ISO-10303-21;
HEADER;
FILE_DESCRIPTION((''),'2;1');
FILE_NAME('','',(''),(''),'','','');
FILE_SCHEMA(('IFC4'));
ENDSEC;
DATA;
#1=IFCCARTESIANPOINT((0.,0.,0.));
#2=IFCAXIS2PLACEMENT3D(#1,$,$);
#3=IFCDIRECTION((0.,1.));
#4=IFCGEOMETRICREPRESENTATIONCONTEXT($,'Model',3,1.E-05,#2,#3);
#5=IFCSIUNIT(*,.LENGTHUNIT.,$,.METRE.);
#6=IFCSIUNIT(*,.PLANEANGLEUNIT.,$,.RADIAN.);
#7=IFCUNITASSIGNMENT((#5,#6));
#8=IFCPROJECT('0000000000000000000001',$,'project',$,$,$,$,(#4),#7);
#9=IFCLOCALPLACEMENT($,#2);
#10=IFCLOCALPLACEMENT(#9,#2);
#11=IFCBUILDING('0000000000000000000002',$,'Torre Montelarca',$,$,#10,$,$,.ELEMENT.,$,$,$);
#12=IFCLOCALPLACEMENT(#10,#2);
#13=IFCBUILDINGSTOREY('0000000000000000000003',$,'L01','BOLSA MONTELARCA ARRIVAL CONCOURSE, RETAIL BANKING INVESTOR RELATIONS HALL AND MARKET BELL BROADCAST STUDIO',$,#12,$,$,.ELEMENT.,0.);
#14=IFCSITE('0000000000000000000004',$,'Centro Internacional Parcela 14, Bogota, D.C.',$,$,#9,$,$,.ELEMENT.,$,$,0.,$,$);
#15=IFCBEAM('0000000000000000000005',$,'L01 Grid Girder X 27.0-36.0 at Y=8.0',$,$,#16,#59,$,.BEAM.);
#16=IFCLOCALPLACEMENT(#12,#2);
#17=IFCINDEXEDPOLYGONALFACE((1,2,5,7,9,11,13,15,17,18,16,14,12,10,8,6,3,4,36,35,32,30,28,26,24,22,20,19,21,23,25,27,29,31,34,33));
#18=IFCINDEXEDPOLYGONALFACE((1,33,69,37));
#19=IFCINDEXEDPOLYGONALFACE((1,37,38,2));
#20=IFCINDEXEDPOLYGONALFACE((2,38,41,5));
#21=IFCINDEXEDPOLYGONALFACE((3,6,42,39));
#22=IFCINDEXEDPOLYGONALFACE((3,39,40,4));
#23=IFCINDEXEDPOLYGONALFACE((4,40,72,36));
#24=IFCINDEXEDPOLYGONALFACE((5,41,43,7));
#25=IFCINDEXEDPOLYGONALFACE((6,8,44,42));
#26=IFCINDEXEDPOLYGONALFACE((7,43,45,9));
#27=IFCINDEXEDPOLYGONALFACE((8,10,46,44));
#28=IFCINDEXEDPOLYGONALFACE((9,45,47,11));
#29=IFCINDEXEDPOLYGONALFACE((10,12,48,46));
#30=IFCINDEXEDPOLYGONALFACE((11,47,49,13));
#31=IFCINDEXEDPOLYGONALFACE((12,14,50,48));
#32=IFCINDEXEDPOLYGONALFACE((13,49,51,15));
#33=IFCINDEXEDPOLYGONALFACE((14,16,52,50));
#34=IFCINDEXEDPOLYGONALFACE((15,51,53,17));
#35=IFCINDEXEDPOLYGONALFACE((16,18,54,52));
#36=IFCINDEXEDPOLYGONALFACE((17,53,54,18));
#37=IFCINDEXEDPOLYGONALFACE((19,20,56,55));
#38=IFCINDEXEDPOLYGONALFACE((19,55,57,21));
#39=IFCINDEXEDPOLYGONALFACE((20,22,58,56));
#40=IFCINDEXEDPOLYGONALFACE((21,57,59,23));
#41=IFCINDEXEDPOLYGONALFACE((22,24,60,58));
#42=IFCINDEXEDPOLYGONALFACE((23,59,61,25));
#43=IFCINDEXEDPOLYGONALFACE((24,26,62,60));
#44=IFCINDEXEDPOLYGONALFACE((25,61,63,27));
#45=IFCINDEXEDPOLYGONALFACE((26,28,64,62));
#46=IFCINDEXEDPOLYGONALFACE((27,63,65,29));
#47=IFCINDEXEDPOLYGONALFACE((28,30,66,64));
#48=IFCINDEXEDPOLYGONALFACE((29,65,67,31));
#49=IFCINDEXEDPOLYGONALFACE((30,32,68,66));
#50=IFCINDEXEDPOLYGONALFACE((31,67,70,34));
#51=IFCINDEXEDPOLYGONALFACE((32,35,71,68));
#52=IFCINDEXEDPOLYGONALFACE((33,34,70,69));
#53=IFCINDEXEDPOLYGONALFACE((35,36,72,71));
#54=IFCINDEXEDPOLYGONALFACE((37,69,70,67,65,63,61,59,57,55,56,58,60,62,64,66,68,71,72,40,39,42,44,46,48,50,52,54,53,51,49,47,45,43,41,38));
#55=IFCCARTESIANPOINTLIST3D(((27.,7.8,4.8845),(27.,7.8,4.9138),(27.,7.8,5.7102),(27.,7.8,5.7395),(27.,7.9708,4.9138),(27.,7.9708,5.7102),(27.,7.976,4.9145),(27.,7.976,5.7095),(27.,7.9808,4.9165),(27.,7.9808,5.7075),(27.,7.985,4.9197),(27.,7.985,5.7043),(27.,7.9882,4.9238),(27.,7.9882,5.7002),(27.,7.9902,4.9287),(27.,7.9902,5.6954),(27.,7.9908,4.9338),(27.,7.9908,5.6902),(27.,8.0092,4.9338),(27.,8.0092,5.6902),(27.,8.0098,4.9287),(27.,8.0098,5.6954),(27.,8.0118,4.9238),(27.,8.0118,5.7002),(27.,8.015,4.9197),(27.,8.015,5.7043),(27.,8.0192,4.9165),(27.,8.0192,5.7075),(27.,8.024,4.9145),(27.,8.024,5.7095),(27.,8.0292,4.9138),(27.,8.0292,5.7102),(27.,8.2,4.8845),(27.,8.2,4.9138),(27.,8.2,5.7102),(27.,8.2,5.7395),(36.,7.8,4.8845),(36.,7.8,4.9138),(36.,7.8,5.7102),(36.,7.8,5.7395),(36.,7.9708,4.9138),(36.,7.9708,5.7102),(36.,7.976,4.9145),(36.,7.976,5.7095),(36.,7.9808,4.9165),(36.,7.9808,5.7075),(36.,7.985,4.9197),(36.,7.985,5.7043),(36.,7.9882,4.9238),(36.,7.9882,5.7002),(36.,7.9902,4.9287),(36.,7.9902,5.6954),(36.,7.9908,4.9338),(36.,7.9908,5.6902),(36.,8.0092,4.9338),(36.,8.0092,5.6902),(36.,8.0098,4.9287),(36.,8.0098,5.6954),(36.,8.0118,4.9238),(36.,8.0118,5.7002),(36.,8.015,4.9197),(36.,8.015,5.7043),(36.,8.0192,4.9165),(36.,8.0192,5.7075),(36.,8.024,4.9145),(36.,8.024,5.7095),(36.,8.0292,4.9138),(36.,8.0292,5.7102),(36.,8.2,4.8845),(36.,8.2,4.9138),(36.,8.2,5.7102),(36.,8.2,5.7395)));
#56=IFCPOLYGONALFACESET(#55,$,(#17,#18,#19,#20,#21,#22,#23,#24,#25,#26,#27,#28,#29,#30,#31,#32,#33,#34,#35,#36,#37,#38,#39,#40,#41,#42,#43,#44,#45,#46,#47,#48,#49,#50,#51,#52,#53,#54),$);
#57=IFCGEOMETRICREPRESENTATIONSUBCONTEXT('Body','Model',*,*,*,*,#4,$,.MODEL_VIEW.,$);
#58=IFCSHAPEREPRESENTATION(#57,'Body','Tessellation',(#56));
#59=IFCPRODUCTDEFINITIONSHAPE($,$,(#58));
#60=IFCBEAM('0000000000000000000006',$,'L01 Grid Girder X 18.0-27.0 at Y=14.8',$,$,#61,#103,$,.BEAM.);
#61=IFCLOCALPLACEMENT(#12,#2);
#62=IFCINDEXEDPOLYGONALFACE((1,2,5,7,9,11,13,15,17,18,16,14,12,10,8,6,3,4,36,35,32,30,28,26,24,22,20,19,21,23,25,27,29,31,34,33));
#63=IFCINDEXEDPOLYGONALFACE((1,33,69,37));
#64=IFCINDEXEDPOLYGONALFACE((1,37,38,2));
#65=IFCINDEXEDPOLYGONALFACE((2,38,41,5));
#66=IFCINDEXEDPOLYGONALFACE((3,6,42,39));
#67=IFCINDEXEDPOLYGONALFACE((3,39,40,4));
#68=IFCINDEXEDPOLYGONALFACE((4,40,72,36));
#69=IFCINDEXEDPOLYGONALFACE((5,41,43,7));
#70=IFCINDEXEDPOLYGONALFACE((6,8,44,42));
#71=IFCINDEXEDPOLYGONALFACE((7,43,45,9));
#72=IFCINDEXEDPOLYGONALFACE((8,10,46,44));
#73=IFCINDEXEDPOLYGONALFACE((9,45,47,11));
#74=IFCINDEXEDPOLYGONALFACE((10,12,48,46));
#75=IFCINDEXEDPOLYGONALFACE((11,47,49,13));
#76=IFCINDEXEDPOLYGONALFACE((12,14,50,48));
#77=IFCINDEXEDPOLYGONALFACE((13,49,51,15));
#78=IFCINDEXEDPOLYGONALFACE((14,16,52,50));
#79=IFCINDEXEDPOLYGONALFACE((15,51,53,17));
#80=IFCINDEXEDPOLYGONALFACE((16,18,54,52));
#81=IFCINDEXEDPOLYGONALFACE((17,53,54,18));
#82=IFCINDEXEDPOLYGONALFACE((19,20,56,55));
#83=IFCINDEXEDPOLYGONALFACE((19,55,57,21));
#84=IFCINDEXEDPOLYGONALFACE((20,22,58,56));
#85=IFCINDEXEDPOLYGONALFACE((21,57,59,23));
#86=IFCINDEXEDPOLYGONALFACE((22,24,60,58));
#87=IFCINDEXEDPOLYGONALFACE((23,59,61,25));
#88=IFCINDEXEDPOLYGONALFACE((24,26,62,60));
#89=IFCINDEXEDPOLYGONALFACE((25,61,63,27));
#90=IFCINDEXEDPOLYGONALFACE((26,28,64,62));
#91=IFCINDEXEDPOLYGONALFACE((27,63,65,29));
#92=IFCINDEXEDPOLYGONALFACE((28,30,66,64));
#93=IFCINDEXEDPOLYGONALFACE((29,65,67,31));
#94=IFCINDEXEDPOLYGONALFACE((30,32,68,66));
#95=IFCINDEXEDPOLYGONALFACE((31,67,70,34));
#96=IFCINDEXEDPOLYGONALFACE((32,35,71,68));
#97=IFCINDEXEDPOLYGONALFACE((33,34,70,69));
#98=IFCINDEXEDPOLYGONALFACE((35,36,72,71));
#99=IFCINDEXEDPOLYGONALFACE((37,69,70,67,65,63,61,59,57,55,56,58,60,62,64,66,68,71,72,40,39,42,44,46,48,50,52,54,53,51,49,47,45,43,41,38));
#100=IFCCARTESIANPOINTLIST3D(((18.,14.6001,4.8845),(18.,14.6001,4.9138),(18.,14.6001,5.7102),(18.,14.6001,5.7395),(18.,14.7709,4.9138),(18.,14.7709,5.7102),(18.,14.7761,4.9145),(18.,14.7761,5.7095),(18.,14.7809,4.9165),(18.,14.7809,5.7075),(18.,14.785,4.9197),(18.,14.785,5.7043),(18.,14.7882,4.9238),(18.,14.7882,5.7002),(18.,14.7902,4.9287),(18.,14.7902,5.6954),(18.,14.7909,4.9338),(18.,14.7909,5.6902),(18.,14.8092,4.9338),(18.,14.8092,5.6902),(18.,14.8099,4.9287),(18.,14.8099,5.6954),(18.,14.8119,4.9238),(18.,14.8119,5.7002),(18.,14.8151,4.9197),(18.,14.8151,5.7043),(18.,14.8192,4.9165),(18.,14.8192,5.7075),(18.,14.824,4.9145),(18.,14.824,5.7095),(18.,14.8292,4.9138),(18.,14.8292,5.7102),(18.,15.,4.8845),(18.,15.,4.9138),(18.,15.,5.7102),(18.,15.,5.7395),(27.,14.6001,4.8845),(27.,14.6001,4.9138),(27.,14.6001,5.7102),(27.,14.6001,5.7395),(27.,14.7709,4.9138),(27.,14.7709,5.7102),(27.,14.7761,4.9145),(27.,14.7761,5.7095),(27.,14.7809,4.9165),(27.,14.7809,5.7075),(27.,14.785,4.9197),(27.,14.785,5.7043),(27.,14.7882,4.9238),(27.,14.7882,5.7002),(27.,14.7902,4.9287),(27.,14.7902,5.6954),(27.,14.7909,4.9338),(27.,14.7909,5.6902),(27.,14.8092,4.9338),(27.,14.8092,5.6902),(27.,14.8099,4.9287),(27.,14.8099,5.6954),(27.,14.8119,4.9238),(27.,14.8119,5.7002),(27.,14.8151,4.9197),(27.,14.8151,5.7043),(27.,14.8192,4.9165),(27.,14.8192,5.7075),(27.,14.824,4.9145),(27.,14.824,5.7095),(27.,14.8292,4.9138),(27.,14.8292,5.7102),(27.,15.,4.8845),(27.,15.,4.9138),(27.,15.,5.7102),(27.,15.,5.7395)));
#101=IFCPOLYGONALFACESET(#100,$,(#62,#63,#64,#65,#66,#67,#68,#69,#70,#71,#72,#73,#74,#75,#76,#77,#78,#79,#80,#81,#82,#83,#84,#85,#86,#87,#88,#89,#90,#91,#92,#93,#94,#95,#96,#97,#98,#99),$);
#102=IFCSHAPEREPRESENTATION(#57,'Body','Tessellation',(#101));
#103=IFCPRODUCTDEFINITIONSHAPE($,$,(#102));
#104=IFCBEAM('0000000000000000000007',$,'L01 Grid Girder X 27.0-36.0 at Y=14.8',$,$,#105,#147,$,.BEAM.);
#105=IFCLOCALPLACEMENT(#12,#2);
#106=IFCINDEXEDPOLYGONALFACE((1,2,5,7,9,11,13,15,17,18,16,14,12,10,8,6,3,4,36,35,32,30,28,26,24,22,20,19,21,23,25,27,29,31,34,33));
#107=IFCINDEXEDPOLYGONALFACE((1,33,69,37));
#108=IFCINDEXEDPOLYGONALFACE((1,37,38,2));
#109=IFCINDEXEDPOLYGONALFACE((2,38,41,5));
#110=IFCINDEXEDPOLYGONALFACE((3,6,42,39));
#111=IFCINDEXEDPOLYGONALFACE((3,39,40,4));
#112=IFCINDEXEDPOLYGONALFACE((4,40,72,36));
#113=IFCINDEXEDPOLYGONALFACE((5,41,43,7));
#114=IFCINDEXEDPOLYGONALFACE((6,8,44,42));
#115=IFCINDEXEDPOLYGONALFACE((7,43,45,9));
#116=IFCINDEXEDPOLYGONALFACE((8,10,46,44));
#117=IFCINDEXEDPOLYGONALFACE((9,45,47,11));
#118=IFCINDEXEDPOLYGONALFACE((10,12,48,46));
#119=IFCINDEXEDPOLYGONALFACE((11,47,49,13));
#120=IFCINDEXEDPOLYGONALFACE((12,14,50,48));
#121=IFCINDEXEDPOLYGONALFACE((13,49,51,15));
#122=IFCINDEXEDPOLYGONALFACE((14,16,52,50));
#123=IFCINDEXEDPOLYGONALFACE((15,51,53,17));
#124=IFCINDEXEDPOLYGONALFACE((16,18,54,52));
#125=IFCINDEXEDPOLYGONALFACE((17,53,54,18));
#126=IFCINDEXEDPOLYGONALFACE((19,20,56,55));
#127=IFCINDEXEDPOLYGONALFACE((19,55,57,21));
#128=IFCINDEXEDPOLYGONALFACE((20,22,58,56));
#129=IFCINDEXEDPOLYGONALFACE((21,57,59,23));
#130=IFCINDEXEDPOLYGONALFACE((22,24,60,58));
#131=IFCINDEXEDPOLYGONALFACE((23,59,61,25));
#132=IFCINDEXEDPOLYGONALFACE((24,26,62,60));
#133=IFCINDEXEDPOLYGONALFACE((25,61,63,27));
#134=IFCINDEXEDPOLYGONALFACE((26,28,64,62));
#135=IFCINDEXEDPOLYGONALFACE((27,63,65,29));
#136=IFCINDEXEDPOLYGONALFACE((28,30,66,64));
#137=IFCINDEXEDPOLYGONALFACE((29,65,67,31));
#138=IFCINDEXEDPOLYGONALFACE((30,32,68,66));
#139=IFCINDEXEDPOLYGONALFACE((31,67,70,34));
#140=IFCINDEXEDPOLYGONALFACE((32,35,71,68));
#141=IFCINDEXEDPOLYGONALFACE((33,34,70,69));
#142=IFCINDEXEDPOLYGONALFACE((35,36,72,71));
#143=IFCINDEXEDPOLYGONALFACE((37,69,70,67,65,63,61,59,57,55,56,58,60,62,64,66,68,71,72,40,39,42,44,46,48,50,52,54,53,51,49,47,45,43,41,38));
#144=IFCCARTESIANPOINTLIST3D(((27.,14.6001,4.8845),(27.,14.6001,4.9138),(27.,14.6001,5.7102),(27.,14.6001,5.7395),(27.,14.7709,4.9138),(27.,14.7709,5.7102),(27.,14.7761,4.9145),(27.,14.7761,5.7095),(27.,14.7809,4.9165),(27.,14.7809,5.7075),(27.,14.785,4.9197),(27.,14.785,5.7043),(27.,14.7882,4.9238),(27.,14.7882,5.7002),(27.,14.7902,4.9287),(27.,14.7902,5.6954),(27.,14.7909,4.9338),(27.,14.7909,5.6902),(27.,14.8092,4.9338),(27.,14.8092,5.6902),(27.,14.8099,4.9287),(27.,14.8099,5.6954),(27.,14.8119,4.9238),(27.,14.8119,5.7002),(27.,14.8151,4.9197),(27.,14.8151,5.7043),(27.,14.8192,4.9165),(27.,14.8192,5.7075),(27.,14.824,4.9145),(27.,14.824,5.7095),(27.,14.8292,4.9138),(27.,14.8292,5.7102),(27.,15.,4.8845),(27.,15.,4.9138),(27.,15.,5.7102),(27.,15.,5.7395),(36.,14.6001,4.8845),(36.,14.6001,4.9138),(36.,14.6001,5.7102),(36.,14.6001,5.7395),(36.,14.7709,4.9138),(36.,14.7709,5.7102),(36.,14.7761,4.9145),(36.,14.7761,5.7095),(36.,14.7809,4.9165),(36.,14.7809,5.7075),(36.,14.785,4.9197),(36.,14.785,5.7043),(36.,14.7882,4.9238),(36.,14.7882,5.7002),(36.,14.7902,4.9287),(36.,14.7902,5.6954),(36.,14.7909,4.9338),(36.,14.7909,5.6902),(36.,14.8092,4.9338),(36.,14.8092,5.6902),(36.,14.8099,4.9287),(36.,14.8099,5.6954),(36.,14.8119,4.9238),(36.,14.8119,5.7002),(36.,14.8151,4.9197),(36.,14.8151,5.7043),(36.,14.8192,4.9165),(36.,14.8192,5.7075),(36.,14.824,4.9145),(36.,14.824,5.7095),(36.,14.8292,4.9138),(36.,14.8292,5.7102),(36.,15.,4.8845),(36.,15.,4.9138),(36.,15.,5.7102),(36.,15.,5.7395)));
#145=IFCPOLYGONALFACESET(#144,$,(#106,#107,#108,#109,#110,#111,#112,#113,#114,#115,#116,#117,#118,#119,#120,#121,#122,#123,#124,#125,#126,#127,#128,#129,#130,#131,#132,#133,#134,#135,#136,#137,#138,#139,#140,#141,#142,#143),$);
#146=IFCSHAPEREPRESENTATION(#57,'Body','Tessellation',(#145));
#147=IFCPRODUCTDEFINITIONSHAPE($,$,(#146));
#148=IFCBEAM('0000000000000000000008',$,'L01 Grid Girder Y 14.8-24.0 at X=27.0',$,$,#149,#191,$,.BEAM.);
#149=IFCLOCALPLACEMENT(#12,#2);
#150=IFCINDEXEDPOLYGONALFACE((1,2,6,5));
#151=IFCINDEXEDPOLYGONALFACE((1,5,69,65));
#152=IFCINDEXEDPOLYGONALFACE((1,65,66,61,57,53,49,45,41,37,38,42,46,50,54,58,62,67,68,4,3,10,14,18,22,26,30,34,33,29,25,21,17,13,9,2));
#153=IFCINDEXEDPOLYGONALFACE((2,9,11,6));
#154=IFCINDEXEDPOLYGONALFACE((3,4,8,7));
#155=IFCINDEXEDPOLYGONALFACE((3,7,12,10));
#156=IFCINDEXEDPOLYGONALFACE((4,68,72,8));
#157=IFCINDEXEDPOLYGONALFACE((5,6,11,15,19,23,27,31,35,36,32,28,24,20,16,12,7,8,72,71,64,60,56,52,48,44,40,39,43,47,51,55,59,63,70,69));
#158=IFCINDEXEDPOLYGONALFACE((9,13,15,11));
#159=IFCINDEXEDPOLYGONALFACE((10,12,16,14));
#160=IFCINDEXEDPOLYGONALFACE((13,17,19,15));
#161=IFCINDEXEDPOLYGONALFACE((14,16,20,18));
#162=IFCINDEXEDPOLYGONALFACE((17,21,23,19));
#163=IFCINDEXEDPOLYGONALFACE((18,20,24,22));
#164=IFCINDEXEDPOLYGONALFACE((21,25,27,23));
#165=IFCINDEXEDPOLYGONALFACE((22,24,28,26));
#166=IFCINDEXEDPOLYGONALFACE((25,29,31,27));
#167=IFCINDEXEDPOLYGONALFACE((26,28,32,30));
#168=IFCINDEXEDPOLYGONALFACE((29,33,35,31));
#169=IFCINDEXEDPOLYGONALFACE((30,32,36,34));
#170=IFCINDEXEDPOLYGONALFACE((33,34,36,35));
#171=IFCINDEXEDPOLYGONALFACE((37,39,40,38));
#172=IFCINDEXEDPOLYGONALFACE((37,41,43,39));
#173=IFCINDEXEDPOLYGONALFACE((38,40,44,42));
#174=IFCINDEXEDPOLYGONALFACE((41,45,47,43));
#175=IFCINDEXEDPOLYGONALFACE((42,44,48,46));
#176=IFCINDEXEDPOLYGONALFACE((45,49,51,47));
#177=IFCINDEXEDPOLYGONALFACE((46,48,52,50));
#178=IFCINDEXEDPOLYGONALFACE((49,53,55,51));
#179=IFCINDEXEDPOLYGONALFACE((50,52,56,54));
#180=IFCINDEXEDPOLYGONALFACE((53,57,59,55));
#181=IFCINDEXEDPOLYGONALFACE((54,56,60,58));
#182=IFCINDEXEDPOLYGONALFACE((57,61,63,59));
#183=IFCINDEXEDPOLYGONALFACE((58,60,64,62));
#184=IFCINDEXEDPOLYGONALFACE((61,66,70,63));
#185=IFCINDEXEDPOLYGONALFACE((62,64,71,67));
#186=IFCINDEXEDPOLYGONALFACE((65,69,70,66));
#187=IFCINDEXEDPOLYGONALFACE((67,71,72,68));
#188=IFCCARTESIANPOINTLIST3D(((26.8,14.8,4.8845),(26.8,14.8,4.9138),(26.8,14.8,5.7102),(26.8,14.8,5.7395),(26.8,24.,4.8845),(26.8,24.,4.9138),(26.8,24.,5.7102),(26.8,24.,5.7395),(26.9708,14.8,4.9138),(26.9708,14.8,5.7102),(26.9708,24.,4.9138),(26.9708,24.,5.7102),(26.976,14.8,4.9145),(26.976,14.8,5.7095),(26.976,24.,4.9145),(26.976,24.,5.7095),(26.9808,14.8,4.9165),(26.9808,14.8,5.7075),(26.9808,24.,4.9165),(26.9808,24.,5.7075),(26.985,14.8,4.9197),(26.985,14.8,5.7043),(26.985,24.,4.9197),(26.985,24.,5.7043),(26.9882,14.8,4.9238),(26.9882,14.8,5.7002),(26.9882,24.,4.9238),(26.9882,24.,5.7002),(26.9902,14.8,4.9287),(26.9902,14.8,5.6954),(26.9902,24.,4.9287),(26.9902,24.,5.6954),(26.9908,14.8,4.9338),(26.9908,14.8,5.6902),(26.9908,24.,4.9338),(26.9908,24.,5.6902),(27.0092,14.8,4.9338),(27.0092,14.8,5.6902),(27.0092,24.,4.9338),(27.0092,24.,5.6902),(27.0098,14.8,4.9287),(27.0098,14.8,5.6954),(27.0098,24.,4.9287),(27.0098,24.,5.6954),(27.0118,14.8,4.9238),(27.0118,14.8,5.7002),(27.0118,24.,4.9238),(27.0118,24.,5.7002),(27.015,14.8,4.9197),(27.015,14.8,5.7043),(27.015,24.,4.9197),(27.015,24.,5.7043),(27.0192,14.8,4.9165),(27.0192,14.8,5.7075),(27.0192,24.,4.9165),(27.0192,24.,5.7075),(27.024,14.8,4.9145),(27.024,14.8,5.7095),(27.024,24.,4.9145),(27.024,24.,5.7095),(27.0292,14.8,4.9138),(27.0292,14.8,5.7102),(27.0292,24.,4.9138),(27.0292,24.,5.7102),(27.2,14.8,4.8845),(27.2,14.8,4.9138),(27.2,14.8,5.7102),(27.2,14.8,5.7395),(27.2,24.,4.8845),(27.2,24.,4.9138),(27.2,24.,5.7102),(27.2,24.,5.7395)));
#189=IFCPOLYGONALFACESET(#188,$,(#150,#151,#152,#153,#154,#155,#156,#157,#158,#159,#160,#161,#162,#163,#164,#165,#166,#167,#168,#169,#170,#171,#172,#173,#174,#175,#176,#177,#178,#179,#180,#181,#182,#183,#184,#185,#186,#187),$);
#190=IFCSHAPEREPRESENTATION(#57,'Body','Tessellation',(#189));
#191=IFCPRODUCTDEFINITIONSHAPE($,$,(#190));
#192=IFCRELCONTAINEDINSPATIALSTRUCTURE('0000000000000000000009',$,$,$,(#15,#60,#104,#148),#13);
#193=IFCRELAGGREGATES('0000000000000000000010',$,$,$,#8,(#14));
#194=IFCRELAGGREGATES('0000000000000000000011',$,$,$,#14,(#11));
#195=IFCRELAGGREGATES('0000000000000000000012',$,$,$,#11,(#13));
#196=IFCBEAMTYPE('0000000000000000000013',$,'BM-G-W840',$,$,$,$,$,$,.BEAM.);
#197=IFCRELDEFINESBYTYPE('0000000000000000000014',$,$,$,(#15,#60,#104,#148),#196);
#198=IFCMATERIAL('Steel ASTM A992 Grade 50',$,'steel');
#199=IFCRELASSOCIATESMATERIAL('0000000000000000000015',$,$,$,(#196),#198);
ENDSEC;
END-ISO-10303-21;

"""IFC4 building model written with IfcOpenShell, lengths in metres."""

from ifc_helpers import new_model, si_unit, direction, frame, origin, origin_2d, place, context, subcontext, project, spatial, i_section, extrude, source, transform, mapped, material, material_profile, profile_set, type_object, element, save


model = new_model("IFC4")

# Units and contexts
model_context = context("Model", 3, precision=1e-05, world=origin(), true_north=direction((0.0, 1.0)))
body_context = subcontext(model_context, "Body", "Model", "MODEL_VIEW")
ifc_project = project(units=[si_unit("LENGTHUNIT", "METRE"), si_unit("PLANEANGLEUNIT", "RADIAN")], contexts=[model_context])

# Site, building, storey
site_placement = place(None, origin())
site = spatial("IfcSite", under=ifc_project, at=site_placement, Name="Centro Internacional Parcela 14, Bogota, D.C.", CompositionType="ELEMENT", RefElevation=0.0)
building_placement = place(site_placement, origin())
building = spatial("IfcBuilding", under=site, at=building_placement, Name="Torre Montelarca", CompositionType="ELEMENT")
storey_placement = place(building_placement, origin())
storey = spatial("IfcBuildingStorey", under=building, at=storey_placement, Name="L01", Description="BOLSA MONTELARCA ARRIVAL CONCOURSE, RETAIL BANKING INVESTOR RELATIONS HALL AND MARKET BELL BROADCAST STUDIO", CompositionType="ELEMENT", Elevation=0.0)

# Beams
ifc_material_1 = material(Name="Steel ASTM A992 Grade 50", Category="steel")
ifc_material_profile_1 = material_profile(ifc_material_1, i_section(OverallWidth=0.3999, OverallDepth=0.855, WebThickness=0.0183, FlangeThickness=0.0293, FilletRadius=0.02, at=origin_2d()), Name="W840X299", Category="steel")
ifc_profile_set_1 = profile_set([ifc_material_profile_1], Name="Steel ASTM A992 Grade 50")
beam_type_1 = type_object("IfcBeamType", Name="BM-G-W840", PredefinedType="BEAM", material=ifc_profile_set_1)
shared_shape_1 = source(origin(), body_context, "Body", "SweptSolid", [
    extrude(i_section(OverallWidth=0.3999, OverallDepth=0.855, WebThickness=0.0183, FlangeThickness=0.0293, FilletRadius=0.02, at=origin_2d()), origin(), (0.0, 0.0, 1.0), 9.0),
])
for number, where, z_axis, x_axis, name in (
    (1, (27.0, 8.0, 5.312), (1.0, 0.0, 0.0), (0.0, 1.0, 0.0), "L01 Grid Girder X 27.0-36.0 at Y=8.0"),
    (2, (18.0, 14.8, 5.312), (1.0, 0.0, 0.0), (0.0, 1.0, 0.0), "L01 Grid Girder X 18.0-27.0 at Y=14.8"),
    (3, (27.0, 14.8, 5.312), (1.0, 0.0, 0.0), (0.0, 1.0, 0.0), "L01 Grid Girder X 27.0-36.0 at Y=14.8"),
):
    element("IfcBeam", number, at=place(storey_placement, frame(where, z_axis=z_axis, x_axis=x_axis)), inside=storey, type_object=beam_type_1, Name=name, PredefinedType="BEAM", context=body_context, shape_type="MappedRepresentation", body=[
        mapped(shared_shape_1, transform((0.0, 0.0, 0.0), scale=1.0)),
    ])
shared_shape_2 = source(origin(), body_context, "Body", "SweptSolid", [
    extrude(i_section(OverallWidth=0.3999, OverallDepth=0.855, WebThickness=0.0183, FlangeThickness=0.0293, FilletRadius=0.02, at=origin_2d()), origin(), (0.0, 0.0, 1.0), 9.2),
])
beam_placement = place(storey_placement, frame((27.0, 14.8, 5.312), z_axis=(0.0, 1.0, 0.0), x_axis=(-1.0, 0.0, 0.0)))
element("IfcBeam", 4, at=beam_placement, inside=storey, type_object=beam_type_1, Name="L01 Grid Girder Y 14.8-24.0 at X=27.0", PredefinedType="BEAM", context=body_context, shape_type="MappedRepresentation", body=[
    mapped(shared_shape_2, transform((0.0, 0.0, 0.0), scale=1.0)),
])

save(model, "model.ifc")
